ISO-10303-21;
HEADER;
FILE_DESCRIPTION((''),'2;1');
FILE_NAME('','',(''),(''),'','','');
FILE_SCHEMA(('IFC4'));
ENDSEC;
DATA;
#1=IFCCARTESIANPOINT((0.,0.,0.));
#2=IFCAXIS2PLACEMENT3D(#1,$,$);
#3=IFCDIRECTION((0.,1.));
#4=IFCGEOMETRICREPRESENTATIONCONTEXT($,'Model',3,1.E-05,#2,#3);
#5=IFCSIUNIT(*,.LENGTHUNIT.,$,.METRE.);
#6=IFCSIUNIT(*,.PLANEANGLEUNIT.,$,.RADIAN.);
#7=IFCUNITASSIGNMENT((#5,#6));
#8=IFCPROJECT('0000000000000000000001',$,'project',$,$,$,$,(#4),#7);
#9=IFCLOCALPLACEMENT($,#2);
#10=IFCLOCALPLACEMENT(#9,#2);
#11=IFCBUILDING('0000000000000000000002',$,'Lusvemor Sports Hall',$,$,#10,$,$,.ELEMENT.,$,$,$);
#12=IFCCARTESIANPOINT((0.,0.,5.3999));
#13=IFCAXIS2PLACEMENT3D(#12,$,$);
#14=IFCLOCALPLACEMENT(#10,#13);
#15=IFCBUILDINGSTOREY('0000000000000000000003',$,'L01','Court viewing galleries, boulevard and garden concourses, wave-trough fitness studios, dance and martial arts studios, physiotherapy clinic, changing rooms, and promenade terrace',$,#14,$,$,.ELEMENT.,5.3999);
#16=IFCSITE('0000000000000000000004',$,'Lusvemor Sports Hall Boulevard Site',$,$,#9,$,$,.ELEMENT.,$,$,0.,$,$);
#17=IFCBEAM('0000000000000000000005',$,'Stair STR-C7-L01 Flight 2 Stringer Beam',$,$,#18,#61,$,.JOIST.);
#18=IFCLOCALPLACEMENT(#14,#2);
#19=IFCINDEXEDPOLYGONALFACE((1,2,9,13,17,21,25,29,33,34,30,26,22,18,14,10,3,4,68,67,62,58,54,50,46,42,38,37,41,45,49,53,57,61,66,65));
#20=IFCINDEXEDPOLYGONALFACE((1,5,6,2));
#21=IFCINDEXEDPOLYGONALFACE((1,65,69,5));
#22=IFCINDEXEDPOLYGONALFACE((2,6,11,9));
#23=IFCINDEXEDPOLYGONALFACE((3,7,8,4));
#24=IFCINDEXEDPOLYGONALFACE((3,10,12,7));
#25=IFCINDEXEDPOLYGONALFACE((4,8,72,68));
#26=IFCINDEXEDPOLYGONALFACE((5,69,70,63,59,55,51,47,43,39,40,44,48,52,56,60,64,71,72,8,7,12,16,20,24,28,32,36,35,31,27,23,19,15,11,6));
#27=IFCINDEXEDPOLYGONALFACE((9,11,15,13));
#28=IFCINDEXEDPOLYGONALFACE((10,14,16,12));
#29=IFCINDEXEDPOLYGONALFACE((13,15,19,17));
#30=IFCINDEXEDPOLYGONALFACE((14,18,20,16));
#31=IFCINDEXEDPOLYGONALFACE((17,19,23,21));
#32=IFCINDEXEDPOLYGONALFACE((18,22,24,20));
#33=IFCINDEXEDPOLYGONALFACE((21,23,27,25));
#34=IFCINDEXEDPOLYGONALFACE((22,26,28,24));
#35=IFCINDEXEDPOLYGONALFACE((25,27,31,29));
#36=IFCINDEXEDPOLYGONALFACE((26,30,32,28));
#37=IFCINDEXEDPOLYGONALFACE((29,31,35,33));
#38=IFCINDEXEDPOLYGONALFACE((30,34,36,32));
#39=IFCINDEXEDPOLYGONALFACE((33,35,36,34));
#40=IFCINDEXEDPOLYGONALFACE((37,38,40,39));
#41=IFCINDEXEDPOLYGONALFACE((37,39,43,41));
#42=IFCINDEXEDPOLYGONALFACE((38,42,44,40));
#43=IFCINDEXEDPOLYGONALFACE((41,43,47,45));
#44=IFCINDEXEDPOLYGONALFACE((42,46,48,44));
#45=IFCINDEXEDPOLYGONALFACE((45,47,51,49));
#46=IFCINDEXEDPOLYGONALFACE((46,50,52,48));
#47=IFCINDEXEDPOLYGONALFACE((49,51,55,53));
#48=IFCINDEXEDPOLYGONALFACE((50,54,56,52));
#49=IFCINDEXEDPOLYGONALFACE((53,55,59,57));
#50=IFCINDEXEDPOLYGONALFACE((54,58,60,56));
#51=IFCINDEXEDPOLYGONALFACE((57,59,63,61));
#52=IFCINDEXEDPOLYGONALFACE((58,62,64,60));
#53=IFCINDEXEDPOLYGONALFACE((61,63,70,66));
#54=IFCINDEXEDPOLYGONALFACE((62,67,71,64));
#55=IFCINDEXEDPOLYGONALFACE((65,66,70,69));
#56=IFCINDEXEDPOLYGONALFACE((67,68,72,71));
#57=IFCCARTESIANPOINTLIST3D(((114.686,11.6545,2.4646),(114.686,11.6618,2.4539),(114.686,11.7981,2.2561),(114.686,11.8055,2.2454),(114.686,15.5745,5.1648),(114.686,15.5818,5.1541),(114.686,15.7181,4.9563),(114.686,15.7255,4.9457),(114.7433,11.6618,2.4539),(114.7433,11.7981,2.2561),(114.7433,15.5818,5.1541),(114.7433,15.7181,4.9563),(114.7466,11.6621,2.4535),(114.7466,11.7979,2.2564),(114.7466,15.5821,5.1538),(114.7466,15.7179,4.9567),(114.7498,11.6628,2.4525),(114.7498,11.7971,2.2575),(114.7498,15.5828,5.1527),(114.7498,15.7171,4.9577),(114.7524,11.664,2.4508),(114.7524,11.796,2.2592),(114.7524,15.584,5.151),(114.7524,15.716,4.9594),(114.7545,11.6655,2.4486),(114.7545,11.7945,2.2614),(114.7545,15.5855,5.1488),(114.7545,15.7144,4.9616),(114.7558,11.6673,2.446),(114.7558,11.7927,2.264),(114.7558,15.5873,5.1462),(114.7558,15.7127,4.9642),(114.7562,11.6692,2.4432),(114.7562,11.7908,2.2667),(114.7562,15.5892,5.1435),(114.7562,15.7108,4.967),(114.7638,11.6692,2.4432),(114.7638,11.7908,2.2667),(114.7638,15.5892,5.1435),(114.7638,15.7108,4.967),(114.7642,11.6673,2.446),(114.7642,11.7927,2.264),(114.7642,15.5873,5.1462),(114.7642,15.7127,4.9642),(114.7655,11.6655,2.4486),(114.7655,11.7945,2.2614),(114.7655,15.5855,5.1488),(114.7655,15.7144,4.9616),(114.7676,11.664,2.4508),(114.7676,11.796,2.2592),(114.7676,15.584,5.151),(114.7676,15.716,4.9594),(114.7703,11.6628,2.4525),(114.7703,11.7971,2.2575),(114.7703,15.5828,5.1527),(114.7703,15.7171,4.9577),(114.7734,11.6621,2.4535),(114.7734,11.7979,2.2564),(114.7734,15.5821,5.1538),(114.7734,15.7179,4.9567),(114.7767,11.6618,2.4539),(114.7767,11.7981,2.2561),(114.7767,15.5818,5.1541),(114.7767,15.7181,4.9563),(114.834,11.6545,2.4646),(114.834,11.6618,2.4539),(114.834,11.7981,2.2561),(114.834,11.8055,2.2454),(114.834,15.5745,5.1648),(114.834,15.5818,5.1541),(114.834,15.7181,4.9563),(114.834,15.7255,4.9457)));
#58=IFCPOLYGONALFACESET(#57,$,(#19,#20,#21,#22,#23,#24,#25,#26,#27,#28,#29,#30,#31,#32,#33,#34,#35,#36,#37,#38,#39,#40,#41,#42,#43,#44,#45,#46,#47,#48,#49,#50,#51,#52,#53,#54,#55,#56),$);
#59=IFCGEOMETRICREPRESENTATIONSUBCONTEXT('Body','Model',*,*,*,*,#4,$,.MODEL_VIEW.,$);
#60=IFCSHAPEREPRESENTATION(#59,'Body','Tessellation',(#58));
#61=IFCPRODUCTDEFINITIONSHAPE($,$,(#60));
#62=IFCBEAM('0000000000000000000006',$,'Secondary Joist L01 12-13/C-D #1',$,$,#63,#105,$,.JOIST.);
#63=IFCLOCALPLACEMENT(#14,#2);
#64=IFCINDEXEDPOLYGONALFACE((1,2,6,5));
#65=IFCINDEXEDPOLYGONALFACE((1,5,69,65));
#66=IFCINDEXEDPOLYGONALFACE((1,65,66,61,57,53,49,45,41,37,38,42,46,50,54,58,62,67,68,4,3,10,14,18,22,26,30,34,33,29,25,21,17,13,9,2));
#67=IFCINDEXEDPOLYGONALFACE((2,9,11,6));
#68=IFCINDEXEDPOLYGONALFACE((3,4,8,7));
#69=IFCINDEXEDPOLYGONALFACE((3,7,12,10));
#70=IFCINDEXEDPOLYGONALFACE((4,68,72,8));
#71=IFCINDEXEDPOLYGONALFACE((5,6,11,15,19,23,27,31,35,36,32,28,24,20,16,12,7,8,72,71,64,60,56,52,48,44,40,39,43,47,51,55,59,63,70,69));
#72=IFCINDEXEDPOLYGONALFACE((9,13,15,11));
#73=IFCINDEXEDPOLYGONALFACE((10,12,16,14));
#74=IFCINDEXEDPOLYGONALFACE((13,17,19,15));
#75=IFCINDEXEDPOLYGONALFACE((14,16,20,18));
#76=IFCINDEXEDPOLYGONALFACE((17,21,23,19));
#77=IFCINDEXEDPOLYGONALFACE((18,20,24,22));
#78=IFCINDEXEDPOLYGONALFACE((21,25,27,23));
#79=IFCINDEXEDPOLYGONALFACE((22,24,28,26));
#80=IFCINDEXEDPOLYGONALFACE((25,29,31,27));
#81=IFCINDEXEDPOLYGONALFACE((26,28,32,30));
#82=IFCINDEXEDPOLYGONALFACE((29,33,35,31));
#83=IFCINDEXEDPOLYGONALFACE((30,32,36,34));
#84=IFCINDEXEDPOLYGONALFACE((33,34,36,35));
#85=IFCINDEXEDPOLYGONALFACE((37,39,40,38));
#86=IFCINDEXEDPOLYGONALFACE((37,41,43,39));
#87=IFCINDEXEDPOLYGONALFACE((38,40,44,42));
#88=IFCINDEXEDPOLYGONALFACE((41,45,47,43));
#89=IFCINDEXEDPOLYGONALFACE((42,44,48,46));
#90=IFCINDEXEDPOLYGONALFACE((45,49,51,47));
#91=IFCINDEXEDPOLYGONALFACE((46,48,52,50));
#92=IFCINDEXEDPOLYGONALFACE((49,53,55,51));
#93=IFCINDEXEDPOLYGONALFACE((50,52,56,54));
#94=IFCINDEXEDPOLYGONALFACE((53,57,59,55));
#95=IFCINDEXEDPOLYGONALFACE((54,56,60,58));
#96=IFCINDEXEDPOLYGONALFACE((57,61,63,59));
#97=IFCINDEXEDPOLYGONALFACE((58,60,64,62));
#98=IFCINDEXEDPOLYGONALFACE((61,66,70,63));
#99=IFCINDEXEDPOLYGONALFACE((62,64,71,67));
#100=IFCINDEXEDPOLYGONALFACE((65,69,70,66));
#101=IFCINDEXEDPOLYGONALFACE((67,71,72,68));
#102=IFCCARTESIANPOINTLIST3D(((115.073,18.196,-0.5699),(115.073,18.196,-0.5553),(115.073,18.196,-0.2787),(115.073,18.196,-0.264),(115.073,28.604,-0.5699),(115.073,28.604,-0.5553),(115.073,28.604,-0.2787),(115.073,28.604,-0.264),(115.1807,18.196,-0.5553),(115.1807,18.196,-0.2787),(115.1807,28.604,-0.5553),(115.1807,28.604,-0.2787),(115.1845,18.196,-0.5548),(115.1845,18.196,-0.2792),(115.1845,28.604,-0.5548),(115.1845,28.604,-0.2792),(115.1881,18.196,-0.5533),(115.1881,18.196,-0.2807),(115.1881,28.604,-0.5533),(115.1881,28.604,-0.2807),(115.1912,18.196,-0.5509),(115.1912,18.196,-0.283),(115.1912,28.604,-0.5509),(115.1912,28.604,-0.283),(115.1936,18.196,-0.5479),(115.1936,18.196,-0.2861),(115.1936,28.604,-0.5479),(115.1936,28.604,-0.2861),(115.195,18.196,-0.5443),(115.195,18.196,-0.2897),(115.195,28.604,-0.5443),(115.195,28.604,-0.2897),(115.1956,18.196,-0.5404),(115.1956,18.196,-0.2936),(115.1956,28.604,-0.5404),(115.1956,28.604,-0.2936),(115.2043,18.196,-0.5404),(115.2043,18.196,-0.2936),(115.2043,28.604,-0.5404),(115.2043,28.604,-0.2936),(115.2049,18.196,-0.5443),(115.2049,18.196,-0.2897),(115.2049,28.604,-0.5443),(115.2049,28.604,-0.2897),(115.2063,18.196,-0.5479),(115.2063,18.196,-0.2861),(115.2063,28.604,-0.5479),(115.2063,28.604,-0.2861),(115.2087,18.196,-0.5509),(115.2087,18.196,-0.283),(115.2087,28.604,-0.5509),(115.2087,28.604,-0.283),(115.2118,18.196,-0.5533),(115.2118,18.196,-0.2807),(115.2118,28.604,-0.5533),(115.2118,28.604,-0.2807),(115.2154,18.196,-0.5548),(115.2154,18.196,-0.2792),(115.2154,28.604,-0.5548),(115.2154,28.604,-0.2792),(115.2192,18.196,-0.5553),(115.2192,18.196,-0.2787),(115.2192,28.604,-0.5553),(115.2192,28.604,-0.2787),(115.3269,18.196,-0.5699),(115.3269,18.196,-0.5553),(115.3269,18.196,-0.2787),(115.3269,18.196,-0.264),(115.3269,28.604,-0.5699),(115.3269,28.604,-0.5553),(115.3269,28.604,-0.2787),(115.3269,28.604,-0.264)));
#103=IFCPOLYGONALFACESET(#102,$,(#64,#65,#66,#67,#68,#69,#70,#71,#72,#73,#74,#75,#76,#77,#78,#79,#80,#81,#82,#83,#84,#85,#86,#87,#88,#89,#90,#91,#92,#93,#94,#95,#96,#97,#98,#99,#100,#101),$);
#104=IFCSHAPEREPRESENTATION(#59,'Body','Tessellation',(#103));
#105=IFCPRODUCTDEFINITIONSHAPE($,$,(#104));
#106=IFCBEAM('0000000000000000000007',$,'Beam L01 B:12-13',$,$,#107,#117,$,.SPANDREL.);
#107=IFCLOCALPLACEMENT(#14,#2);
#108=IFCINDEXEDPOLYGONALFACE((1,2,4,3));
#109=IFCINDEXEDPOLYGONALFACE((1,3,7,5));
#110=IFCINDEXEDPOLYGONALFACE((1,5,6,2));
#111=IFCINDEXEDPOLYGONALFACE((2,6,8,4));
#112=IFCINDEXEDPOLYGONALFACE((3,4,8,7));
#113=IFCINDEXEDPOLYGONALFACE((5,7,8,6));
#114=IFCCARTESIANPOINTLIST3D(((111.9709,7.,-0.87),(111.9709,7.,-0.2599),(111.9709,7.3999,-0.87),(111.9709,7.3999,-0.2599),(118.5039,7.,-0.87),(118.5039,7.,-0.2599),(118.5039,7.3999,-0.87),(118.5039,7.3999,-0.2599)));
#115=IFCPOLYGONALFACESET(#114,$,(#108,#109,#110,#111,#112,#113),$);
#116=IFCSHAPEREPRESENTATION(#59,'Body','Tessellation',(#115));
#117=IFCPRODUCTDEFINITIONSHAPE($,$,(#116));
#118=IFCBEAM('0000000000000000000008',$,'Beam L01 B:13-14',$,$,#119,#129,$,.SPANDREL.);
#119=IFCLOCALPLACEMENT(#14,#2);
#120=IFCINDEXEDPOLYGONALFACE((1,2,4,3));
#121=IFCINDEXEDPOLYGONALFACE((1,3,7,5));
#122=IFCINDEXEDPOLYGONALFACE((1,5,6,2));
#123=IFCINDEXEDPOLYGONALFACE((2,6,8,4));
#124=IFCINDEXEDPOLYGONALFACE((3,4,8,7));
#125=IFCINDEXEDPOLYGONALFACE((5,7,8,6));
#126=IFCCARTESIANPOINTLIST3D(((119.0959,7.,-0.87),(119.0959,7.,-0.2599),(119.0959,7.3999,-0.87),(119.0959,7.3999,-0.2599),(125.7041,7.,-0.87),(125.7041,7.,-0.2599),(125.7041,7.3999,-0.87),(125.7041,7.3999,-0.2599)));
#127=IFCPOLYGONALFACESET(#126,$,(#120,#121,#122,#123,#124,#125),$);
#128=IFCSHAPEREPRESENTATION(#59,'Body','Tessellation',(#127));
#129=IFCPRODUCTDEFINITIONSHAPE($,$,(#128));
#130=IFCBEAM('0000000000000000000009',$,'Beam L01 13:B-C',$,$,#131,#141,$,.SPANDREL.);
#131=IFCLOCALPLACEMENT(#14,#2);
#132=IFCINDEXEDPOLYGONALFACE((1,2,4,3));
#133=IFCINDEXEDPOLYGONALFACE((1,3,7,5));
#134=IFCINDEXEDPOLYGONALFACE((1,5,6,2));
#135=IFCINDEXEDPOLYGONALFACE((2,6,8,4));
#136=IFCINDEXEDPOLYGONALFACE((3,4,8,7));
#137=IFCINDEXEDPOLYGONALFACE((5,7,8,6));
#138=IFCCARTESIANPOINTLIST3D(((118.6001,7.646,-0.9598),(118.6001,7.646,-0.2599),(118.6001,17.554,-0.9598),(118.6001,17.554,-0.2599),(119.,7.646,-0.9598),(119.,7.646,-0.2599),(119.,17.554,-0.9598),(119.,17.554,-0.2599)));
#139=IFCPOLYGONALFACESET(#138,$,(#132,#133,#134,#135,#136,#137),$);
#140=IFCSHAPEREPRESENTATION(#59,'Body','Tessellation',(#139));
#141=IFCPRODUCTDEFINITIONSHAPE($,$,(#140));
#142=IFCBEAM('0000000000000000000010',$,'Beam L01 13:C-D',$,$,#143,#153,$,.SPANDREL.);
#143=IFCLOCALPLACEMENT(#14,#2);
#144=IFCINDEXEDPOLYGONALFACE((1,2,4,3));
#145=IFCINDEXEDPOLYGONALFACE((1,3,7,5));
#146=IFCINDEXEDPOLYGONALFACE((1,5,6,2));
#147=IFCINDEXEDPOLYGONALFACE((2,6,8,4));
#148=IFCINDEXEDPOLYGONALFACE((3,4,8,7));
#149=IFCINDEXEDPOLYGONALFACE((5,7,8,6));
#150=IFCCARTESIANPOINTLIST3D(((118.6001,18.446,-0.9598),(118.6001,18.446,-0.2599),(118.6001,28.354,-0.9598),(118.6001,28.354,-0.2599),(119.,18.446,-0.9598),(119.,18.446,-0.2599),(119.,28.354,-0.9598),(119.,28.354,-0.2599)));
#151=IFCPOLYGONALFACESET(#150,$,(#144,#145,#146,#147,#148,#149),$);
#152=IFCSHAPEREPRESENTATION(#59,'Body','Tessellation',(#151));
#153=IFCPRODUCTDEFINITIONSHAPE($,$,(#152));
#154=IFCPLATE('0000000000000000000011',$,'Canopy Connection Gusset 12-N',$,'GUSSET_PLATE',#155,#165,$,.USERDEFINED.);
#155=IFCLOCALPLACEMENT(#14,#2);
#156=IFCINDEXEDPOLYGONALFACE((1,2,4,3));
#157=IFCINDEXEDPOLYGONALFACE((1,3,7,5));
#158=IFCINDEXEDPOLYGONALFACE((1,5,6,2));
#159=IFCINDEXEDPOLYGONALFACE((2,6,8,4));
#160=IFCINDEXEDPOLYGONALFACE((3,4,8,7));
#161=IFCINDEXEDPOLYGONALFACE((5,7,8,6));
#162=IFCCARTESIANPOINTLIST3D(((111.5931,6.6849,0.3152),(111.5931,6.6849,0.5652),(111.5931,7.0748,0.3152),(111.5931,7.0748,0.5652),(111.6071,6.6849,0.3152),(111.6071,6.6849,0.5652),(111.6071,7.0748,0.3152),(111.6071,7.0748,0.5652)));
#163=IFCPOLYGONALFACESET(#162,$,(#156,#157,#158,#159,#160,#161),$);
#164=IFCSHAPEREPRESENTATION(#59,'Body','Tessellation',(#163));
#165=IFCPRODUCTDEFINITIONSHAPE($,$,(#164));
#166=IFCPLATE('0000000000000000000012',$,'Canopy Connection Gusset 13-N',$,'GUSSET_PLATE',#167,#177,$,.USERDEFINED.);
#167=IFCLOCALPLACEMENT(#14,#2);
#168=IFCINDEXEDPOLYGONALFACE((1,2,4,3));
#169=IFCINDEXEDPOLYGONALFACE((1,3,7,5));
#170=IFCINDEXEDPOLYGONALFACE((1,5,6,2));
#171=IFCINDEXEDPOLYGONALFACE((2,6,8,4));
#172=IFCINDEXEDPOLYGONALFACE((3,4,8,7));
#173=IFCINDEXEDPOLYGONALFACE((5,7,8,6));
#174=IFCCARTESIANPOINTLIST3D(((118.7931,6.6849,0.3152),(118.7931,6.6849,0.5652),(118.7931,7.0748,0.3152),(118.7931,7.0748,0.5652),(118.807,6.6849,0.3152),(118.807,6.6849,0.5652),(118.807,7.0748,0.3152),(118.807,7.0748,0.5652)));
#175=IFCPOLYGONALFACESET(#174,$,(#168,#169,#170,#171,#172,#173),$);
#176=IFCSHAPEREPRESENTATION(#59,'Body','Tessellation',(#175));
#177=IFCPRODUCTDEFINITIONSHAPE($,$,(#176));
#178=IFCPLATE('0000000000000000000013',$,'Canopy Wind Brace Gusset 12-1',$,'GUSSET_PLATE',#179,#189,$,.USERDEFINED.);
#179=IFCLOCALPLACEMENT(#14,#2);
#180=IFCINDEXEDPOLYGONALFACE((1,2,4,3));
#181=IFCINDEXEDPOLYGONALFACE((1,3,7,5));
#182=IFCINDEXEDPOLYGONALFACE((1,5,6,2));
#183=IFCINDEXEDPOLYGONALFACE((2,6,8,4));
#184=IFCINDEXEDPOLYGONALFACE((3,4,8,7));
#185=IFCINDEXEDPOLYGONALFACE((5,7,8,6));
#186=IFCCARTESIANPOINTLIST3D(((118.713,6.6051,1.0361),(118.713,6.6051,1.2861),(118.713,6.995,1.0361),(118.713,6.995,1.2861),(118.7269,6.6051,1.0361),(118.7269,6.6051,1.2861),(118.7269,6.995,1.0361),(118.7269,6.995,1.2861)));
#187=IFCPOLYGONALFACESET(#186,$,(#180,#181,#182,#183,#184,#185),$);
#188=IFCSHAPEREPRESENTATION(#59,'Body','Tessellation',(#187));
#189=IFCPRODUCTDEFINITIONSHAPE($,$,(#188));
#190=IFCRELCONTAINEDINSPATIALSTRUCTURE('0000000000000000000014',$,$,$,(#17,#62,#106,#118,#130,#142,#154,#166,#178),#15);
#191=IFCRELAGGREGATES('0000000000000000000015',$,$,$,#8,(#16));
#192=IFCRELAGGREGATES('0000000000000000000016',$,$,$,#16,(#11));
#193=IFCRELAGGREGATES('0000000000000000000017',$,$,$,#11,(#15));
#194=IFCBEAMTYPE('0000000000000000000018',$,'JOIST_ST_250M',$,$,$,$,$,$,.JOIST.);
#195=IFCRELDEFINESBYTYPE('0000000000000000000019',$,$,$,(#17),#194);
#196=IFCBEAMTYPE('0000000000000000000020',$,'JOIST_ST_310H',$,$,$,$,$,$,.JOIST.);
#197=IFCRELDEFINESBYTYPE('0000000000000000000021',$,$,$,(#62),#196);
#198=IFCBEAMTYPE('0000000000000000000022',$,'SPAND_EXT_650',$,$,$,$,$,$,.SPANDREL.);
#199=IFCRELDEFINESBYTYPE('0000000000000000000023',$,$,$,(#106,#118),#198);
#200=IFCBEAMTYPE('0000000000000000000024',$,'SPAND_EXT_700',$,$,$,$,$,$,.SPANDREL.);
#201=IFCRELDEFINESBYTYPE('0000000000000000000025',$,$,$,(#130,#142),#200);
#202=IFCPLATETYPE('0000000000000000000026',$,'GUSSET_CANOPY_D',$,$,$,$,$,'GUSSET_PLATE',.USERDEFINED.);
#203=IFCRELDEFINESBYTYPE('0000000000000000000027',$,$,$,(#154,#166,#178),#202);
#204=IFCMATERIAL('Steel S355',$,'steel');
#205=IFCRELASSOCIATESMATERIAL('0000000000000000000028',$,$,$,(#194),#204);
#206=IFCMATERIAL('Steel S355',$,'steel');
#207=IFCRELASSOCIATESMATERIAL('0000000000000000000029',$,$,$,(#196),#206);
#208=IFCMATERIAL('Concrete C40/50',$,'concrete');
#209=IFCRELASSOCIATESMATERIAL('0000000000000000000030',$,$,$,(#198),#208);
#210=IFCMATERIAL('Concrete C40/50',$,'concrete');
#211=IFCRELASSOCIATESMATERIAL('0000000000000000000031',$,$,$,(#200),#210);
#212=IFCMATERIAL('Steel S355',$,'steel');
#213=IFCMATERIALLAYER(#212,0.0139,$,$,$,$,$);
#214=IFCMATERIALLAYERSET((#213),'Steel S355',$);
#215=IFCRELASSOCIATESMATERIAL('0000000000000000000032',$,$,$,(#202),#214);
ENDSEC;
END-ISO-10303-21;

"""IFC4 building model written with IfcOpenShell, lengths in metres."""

from ifc_helpers import new_model, si_unit, direction, frame, origin, origin_2d, place, context, subcontext, project, spatial, rectangle, i_section, extrude, material, layer, layer_set, material_profile, profile_set, type_object, element, save


model = new_model("IFC4")

# Units and contexts
model_context = context("Model", 3, precision=1e-05, world=origin(), true_north=direction((0.0, 1.0)))
body_context = subcontext(model_context, "Body", "Model", "MODEL_VIEW")
ifc_project = project(units=[si_unit("LENGTHUNIT", "METRE"), si_unit("PLANEANGLEUNIT", "RADIAN")], contexts=[model_context])

# Site, building, storey
site_placement = place(None, origin())
site = spatial("IfcSite", under=ifc_project, at=site_placement, Name="Lusvemor Sports Hall Boulevard Site", CompositionType="ELEMENT", RefElevation=0.0)
building_placement = place(site_placement, origin())
building = spatial("IfcBuilding", under=site, at=building_placement, Name="Lusvemor Sports Hall", CompositionType="ELEMENT")
storey_placement = place(building_placement, frame((0.0, 0.0, 5.3999)))
storey = spatial("IfcBuildingStorey", under=building, at=storey_placement, Name="L01", Description="Court viewing galleries, boulevard and garden concourses, wave-trough fitness studios, dance and martial arts studios, physiotherapy clinic, changing rooms, and promenade terrace", CompositionType="ELEMENT", Elevation=5.3999)

# Beams
ifc_material_1 = material(Name="Steel S355", Category="steel")
ifc_material_profile_1 = material_profile(ifc_material_1, i_section(OverallWidth=0.1479, OverallDepth=0.2661, WebThickness=0.0076, FlangeThickness=0.0129, FilletRadius=0.0129, at=origin_2d()), Name="W250x44.8")
ifc_profile_set_1 = profile_set([ifc_material_profile_1], Name="Steel S355")
beam_type_1 = type_object("IfcBeamType", Name="JOIST_ST_250M", PredefinedType="JOIST", material=ifc_profile_set_1)
beam_1_placement = place(storey_placement, frame((114.76, 11.73, 2.355), z_axis=(0.0, 0.823527, 0.567277), x_axis=(-1.0, 0.0, 0.0)))
element("IfcBeam", 1, at=beam_1_placement, inside=storey, type_object=beam_type_1, Name="Stair STR-C7-L01 Flight 2 Stringer Beam", PredefinedType="JOIST", context=body_context, shape_type="SweptSolid", body=[
    extrude(i_section(OverallWidth=0.1479, OverallDepth=0.2661, WebThickness=0.0076, FlangeThickness=0.0129, FilletRadius=0.0129, at=origin_2d()), origin(), (0.0, 0.0, 1.0), 4.76),
])
ifc_material_2 = material(Name="Steel S355", Category="steel")
ifc_material_profile_2 = material_profile(ifc_material_2, i_section(OverallWidth=0.2539, OverallDepth=0.3059, WebThickness=0.0088, FlangeThickness=0.0146, FilletRadius=0.0149, at=origin_2d()), Name="W310x79.0")
ifc_profile_set_2 = profile_set([ifc_material_profile_2], Name="Steel S355")
beam_type_2 = type_object("IfcBeamType", Name="JOIST_ST_310H", PredefinedType="JOIST", material=ifc_profile_set_2)
beam_2_placement = place(storey_placement, frame((115.2, 18.196, -0.417), z_axis=(0.0, 1.0, 0.0), x_axis=(-1.0, 0.0, 0.0)))
element("IfcBeam", 2, at=beam_2_placement, inside=storey, type_object=beam_type_2, Name="Secondary Joist L01 12-13/C-D #1", PredefinedType="JOIST", context=body_context, shape_type="SweptSolid", body=[
    extrude(i_section(OverallWidth=0.2539, OverallDepth=0.3059, WebThickness=0.0088, FlangeThickness=0.0146, FilletRadius=0.0149, at=origin_2d()), origin(), (0.0, 0.0, 1.0), 10.408),
])
ifc_material_3 = material(Name="Concrete C40/50", Category="concrete")
ifc_material_profile_3 = material_profile(ifc_material_3, rectangle(XDim=0.3999, YDim=0.6101, at=origin_2d()), Name="RC400x610")
ifc_profile_set_3 = profile_set([ifc_material_profile_3], Name="Concrete C40/50")
beam_type_3 = type_object("IfcBeamType", Name="SPAND_EXT_650", PredefinedType="SPANDREL", material=ifc_profile_set_3)
beam_3_placement = place(storey_placement, frame((111.9709, 7.2, -0.5649), z_axis=(1.0, 0.0, 0.0), x_axis=(0.0, 1.0, 0.0)))
element("IfcBeam", 3, at=beam_3_placement, inside=storey, type_object=beam_type_3, Name="Beam L01 B:12-13", PredefinedType="SPANDREL", context=body_context, shape_type="SweptSolid", body=[
    extrude(rectangle(XDim=0.3999, YDim=0.6101, at=origin_2d()), origin(), (0.0, 0.0, 1.0), 6.533),
])
beam_4_placement = place(storey_placement, frame((119.0959, 7.2, -0.5649), z_axis=(1.0, 0.0, 0.0), x_axis=(0.0, 1.0, 0.0)))
element("IfcBeam", 4, at=beam_4_placement, inside=storey, type_object=beam_type_3, Name="Beam L01 B:13-14", PredefinedType="SPANDREL", context=body_context, shape_type="SweptSolid", body=[
    extrude(rectangle(XDim=0.3999, YDim=0.6101, at=origin_2d()), origin(), (0.0, 0.0, 1.0), 6.6082),
])
ifc_material_4 = material(Name="Concrete C40/50", Category="concrete")
ifc_material_profile_4 = material_profile(ifc_material_4, rectangle(XDim=0.3999, YDim=0.7, at=origin_2d()), Name="RC400x700")
ifc_profile_set_4 = profile_set([ifc_material_profile_4], Name="Concrete C40/50")
beam_type_4 = type_object("IfcBeamType", Name="SPAND_EXT_700", PredefinedType="SPANDREL", material=ifc_profile_set_4)
for number, where, z_axis, x_axis, name in (
    (5, (118.8, 7.646, -0.6099), (0.0, 1.0, 0.0), (-1.0, 0.0, 0.0), "Beam L01 13:B-C"),
    (6, (118.8, 18.446, -0.6099), (0.0, 1.0, 0.0), (-1.0, 0.0, 0.0), "Beam L01 13:C-D"),
):
    element("IfcBeam", number, at=place(storey_placement, frame(where, z_axis=z_axis, x_axis=x_axis)), inside=storey, type_object=beam_type_4, Name=name, PredefinedType="SPANDREL", context=body_context, shape_type="SweptSolid", body=[
        extrude(rectangle(XDim=0.3999, YDim=0.7, at=origin_2d()), origin(), (0.0, 0.0, 1.0), 9.908),
    ])

# Plates
ifc_material_5 = material(Name="Steel S355", Category="steel")
ifc_layer_1 = layer(ifc_material_5, 0.0139)
ifc_layer_set_1 = layer_set([ifc_layer_1], Name="Steel S355")
plate_type = type_object("IfcPlateType", Name="GUSSET_CANOPY_D", ElementType="GUSSET_PLATE", PredefinedType="USERDEFINED", material=ifc_layer_set_1)
for number, where, z_axis, x_axis, name in (
    (7, (111.6001, 6.8799, 0.3152), (0.0, 0.0, 1.0), (1.0, 0.0, 0.0), "Canopy Connection Gusset 12-N"),
    (8, (118.8, 6.8799, 0.3152), (0.0, 0.0, 1.0), (1.0, 0.0, 0.0), "Canopy Connection Gusset 13-N"),
    (9, (118.72, 6.8, 1.0361), (0.0, 0.0, 1.0), (1.0, 0.0, 0.0), "Canopy Wind Brace Gusset 12-1"),
):
    element("IfcPlate", number, at=place(storey_placement, frame(where, z_axis=z_axis, x_axis=x_axis)), inside=storey, type_object=plate_type, Name=name, ObjectType="GUSSET_PLATE", PredefinedType="USERDEFINED", context=body_context, shape_type="SweptSolid", body=[
        extrude(rectangle(XDim=0.0139, YDim=0.3899, at=origin_2d()), origin(), (0.0, 0.0, 1.0), 0.25),
    ])

save(model, "model.ifc")
